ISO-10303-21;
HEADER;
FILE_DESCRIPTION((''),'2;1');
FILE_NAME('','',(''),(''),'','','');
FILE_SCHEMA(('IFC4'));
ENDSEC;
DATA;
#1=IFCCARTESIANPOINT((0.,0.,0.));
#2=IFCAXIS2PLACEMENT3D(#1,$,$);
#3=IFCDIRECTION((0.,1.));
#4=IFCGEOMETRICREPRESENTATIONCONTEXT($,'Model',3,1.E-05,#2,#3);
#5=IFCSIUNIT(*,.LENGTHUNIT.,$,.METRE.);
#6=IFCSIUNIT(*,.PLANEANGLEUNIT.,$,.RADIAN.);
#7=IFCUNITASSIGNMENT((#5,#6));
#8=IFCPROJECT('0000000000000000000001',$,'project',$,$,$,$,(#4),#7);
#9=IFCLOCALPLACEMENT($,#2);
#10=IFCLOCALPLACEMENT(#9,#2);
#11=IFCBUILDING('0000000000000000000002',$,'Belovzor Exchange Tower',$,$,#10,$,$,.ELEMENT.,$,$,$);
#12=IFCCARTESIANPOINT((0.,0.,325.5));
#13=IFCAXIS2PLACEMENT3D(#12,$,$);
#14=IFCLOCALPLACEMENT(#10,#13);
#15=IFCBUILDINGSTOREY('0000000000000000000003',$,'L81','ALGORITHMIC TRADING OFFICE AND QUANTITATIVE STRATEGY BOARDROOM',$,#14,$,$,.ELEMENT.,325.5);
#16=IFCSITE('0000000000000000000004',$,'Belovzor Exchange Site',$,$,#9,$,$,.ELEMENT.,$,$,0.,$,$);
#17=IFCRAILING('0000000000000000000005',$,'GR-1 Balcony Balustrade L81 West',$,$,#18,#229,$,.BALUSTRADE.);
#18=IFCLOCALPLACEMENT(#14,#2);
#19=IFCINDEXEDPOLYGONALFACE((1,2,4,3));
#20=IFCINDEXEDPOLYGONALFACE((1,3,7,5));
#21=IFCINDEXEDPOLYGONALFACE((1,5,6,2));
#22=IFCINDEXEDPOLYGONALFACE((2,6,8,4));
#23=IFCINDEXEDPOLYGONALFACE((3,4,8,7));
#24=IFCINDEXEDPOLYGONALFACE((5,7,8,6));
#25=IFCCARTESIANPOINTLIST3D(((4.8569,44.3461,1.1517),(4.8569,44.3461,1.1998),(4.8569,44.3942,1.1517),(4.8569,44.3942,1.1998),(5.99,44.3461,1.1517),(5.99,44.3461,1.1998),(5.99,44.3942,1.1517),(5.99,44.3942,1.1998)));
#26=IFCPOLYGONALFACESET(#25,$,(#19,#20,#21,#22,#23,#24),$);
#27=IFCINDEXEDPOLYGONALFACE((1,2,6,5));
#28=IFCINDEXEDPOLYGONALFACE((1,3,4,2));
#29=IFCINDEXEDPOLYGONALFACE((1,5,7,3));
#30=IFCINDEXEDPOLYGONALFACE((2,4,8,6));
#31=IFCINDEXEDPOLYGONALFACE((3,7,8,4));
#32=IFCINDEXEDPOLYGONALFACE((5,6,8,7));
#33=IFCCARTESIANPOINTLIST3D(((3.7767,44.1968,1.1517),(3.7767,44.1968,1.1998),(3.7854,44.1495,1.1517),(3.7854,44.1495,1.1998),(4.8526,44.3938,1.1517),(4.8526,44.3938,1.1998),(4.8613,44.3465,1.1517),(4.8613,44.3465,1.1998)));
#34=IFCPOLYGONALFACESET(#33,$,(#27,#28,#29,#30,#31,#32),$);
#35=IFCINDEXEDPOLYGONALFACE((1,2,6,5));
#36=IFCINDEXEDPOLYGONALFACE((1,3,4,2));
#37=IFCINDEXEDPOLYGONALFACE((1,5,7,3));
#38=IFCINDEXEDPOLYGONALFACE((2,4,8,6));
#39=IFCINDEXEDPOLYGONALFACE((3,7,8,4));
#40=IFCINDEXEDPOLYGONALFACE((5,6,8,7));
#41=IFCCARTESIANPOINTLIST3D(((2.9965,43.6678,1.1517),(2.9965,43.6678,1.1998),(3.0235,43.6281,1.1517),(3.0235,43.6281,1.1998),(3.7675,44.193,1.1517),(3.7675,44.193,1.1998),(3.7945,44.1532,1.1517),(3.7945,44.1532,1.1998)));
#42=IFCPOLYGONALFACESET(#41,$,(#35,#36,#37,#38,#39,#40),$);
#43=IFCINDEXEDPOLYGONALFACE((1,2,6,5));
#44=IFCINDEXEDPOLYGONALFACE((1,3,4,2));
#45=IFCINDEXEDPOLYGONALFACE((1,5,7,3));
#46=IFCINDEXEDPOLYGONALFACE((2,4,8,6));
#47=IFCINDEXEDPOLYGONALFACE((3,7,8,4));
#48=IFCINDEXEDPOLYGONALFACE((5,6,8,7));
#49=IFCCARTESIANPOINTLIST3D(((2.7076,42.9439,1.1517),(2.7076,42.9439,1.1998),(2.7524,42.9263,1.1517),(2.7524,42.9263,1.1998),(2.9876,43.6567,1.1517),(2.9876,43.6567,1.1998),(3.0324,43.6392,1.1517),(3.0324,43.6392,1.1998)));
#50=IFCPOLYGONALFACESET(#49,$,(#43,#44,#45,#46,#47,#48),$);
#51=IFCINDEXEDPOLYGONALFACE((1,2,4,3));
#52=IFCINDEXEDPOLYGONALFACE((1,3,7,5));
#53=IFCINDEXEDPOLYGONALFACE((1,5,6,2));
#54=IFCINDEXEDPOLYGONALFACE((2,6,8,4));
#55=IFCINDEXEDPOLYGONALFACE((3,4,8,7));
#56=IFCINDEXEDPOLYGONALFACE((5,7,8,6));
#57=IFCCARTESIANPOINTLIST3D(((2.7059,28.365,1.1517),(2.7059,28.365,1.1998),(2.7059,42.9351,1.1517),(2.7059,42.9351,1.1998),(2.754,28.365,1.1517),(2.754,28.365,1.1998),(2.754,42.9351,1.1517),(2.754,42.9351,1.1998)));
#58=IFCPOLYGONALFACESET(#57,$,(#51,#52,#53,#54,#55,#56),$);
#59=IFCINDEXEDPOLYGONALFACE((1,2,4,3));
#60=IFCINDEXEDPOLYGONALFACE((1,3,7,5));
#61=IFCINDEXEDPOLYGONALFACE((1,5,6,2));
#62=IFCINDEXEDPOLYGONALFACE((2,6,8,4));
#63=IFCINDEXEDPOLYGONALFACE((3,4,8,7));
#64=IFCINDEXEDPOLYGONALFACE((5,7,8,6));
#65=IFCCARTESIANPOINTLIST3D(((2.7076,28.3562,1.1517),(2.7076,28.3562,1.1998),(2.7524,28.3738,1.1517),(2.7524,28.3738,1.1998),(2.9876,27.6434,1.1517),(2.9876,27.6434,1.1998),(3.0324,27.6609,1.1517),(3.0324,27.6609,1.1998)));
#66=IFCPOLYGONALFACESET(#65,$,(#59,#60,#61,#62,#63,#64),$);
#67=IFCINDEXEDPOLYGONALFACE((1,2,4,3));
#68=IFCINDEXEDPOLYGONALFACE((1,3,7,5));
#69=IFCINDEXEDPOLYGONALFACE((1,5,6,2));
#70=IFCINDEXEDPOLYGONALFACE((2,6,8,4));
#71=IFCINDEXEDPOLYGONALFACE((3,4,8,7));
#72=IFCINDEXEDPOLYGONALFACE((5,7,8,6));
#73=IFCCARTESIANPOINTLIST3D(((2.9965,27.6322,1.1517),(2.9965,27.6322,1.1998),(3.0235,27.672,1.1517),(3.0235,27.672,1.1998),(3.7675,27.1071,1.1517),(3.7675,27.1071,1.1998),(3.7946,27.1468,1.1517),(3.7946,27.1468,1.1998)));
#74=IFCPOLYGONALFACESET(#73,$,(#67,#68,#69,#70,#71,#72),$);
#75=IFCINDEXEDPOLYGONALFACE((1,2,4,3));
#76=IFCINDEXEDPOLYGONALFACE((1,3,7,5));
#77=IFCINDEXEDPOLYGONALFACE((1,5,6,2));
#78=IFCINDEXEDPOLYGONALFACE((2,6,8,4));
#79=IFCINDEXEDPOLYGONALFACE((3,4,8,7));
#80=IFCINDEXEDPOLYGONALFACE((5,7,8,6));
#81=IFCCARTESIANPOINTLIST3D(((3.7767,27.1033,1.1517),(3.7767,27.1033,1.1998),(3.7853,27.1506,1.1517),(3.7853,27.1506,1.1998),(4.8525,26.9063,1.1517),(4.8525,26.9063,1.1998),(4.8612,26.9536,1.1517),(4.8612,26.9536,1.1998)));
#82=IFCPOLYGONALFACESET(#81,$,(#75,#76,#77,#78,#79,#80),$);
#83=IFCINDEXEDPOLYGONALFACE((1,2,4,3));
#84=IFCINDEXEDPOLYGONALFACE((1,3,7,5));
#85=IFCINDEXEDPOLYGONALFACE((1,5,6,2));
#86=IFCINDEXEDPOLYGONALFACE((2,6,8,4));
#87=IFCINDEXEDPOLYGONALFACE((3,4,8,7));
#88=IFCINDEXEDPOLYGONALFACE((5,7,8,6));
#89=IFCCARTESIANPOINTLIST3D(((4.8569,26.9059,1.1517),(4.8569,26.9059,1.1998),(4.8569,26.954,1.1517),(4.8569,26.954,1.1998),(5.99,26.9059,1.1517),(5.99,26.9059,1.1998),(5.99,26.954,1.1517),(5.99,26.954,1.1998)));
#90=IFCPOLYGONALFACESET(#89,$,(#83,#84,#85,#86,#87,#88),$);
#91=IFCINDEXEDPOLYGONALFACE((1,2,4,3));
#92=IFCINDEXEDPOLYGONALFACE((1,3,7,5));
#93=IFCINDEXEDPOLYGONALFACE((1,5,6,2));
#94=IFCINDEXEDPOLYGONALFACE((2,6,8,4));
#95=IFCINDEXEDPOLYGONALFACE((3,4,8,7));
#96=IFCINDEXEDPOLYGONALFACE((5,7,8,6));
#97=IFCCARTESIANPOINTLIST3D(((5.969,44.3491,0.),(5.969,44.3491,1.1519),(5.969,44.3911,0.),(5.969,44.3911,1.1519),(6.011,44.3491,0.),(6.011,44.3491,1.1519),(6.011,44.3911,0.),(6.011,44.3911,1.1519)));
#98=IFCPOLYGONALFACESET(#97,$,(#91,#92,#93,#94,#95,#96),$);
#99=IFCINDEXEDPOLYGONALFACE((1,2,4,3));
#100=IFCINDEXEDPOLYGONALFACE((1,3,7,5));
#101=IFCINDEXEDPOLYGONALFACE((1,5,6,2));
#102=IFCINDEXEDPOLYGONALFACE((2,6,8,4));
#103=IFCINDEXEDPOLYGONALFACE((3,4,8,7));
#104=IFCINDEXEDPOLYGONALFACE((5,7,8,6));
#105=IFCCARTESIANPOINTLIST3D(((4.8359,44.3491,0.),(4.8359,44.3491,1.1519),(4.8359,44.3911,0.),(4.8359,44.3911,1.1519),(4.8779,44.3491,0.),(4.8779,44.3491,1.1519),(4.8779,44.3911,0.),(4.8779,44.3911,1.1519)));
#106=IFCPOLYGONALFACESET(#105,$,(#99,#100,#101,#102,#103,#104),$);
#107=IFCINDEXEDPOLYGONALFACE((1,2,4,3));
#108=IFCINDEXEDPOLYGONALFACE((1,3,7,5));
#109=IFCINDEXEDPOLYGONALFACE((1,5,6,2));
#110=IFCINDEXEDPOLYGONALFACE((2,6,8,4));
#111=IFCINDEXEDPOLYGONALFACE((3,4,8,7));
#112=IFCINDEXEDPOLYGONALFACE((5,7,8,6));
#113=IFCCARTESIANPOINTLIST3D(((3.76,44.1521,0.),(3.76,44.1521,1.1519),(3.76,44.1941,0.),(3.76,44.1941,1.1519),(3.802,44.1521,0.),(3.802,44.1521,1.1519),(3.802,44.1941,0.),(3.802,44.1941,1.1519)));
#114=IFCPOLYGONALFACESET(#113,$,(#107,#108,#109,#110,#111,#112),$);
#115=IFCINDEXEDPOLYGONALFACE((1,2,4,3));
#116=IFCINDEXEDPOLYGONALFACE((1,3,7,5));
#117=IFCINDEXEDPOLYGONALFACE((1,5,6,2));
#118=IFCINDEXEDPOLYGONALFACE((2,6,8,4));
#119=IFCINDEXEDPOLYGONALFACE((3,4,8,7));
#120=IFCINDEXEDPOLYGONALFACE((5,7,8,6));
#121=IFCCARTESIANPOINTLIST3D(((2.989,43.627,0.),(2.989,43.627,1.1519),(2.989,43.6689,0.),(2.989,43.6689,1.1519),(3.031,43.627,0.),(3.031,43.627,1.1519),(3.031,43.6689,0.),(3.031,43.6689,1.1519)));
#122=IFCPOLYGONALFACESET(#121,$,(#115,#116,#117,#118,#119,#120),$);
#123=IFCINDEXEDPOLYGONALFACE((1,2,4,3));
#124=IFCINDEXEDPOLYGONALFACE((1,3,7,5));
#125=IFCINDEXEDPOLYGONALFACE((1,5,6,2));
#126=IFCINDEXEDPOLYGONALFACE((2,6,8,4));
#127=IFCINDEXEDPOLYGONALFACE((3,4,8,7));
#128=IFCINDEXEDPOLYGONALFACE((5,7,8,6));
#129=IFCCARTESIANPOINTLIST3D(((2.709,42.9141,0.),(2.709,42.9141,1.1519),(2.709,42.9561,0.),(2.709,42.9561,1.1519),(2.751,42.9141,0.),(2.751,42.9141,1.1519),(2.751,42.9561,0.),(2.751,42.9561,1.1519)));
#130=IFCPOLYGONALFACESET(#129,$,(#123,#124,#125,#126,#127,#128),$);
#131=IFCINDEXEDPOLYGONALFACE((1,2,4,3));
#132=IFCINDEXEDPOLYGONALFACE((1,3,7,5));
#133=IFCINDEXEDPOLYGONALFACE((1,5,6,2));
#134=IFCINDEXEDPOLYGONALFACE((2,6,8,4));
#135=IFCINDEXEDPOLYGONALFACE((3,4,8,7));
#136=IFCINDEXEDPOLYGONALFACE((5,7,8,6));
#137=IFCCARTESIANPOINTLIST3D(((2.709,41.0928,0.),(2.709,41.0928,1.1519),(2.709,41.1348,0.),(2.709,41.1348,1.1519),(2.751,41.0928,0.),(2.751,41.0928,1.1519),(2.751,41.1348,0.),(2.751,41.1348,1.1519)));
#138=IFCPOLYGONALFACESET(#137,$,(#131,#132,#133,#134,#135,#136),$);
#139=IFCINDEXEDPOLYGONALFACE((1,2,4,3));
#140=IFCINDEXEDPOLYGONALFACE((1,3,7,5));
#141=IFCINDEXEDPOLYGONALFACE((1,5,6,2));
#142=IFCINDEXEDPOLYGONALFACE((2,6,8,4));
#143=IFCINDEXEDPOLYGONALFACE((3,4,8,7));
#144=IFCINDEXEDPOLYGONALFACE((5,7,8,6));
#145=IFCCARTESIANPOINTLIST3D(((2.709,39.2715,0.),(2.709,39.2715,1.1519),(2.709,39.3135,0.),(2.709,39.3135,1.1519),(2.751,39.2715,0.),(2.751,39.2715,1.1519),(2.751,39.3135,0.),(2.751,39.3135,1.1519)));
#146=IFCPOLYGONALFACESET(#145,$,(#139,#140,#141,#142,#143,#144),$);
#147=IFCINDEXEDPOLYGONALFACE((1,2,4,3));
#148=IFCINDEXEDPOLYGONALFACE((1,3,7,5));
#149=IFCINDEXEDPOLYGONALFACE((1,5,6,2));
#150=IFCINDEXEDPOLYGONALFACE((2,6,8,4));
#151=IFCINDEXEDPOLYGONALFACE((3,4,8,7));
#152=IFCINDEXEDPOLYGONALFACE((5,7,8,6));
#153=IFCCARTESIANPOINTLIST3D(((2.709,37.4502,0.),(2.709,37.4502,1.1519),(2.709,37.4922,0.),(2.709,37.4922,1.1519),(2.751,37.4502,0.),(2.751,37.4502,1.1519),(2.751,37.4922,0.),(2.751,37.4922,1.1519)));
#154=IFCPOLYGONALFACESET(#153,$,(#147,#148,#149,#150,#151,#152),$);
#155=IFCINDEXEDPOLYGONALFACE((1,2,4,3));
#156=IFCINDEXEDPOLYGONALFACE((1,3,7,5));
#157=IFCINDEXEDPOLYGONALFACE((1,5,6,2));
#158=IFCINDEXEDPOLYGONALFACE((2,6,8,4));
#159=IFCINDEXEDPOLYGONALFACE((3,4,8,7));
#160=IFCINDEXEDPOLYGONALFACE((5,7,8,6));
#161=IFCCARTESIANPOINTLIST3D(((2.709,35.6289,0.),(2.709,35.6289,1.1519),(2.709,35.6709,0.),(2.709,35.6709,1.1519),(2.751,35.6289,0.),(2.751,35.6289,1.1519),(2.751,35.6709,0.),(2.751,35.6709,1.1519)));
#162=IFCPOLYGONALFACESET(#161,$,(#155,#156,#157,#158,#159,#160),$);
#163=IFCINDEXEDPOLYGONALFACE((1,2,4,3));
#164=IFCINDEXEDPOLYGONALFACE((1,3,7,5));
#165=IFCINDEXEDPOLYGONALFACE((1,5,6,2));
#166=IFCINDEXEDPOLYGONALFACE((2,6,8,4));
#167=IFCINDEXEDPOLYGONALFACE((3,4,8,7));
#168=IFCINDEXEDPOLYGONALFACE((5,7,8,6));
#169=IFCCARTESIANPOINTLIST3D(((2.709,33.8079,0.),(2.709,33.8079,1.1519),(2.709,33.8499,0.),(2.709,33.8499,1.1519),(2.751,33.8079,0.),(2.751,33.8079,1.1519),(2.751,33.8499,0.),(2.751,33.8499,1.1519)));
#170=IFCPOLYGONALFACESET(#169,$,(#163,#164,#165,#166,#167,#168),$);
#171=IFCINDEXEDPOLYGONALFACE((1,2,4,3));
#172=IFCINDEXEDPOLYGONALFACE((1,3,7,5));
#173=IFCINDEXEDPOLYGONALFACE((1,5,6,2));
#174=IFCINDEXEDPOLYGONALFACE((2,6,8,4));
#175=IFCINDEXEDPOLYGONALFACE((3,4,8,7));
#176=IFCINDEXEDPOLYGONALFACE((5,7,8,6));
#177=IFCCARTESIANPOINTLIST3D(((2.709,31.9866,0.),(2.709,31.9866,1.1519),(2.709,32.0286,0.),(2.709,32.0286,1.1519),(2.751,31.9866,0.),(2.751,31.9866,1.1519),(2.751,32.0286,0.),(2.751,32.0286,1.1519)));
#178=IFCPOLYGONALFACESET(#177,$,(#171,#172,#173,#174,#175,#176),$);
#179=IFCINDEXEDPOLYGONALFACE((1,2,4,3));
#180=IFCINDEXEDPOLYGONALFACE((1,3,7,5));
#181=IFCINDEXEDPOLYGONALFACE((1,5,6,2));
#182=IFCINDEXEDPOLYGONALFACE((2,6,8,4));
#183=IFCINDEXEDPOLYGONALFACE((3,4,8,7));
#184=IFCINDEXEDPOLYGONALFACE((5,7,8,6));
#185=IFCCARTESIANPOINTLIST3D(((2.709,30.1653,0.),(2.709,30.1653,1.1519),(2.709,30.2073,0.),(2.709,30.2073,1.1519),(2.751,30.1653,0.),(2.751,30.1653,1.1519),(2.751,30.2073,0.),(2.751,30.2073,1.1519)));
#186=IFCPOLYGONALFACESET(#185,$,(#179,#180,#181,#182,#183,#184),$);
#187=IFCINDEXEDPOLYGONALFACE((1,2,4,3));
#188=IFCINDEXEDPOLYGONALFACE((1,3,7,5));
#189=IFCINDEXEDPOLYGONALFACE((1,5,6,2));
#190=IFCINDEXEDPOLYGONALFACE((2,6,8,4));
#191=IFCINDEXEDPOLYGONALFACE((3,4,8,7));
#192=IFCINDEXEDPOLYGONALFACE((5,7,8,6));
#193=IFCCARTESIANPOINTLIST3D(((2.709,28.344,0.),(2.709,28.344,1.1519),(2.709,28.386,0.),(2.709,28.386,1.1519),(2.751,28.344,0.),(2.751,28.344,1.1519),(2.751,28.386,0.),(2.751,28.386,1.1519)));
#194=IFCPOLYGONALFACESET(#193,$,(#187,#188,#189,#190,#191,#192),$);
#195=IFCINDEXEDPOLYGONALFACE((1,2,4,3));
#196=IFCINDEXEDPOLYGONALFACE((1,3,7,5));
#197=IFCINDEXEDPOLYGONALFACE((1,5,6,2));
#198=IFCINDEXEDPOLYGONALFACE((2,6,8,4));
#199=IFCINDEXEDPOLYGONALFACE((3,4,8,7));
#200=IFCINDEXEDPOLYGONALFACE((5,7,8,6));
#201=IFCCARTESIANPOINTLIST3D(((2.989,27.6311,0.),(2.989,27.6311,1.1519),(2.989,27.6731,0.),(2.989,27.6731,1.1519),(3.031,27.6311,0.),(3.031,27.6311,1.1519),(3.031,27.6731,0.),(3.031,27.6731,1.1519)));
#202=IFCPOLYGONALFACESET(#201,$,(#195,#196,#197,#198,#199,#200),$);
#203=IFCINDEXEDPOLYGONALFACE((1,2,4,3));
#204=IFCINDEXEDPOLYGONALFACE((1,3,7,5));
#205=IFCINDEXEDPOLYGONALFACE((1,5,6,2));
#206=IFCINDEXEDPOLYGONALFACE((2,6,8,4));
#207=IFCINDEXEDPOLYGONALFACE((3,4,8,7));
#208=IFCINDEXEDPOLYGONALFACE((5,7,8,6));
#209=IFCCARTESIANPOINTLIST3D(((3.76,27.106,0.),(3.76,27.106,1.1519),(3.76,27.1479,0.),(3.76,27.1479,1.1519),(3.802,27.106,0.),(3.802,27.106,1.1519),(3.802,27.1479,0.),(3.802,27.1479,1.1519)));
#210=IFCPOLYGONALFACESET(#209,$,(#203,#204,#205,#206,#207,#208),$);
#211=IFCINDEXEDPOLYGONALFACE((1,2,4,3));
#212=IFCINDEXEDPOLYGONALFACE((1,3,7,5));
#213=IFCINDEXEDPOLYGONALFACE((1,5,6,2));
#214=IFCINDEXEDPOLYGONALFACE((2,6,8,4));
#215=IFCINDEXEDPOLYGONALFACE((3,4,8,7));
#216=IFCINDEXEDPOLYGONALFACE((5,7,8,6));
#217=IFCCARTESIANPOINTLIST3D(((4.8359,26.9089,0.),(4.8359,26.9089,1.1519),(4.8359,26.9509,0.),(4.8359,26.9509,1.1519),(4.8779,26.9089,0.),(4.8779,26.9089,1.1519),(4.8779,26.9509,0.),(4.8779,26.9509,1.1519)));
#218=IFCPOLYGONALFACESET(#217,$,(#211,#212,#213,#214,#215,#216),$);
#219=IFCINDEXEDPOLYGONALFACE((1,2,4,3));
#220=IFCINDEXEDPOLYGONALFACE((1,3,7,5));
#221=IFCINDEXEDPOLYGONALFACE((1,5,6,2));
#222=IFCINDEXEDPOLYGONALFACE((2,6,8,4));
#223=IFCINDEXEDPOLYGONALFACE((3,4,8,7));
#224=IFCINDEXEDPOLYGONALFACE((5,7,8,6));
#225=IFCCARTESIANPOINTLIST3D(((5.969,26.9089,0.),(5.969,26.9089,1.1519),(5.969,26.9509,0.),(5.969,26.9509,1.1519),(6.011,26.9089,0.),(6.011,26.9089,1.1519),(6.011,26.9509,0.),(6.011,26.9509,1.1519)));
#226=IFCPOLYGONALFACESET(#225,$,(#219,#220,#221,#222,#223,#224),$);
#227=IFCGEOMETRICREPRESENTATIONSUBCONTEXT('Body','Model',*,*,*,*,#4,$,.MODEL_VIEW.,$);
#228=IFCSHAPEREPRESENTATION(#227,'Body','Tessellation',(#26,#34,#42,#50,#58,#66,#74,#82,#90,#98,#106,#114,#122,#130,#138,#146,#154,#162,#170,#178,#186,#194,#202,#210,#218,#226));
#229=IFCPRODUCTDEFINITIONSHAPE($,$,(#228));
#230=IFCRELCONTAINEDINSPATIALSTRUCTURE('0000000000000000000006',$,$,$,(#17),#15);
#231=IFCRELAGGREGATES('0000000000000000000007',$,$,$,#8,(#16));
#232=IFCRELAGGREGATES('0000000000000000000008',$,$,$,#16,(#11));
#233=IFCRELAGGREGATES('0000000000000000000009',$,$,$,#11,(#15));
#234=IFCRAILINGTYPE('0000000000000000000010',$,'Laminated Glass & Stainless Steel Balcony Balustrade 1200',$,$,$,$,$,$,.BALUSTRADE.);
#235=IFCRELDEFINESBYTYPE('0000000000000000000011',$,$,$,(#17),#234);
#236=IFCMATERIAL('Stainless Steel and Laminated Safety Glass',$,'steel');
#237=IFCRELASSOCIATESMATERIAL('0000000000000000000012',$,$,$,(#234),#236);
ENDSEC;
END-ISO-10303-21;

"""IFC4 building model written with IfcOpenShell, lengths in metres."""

from ifc_helpers import new_model, si_unit, direction, frame, origin, origin_2d, place, context, subcontext, project, spatial, rectangle, extrude, material, type_object, element, save


model = new_model("IFC4")

# Units and contexts
model_context = context("Model", 3, precision=1e-05, world=origin(), true_north=direction((0.0, 1.0)))
body_context = subcontext(model_context, "Body", "Model", "MODEL_VIEW")
ifc_project = project(units=[si_unit("LENGTHUNIT", "METRE"), si_unit("PLANEANGLEUNIT", "RADIAN")], contexts=[model_context])

# Site, building, storey
site_placement = place(None, origin())
site = spatial("IfcSite", under=ifc_project, at=site_placement, Name="Belovzor Exchange Site", CompositionType="ELEMENT", RefElevation=0.0)
building_placement = place(site_placement, origin())
building = spatial("IfcBuilding", under=site, at=building_placement, Name="Belovzor Exchange Tower", CompositionType="ELEMENT")
storey_placement = place(building_placement, frame((0.0, 0.0, 325.5)))
storey = spatial("IfcBuildingStorey", under=building, at=storey_placement, Name="L81", Description="ALGORITHMIC TRADING OFFICE AND QUANTITATIVE STRATEGY BOARDROOM", CompositionType="ELEMENT", Elevation=325.5)

# Railing
ifc_material_1 = material(Name="Stainless Steel and Laminated Safety Glass", Category="steel")
railing_type = type_object("IfcRailingType", Name="Laminated Glass & Stainless Steel Balcony Balustrade 1200", PredefinedType="BALUSTRADE", material=ifc_material_1)
railing_placement = place(storey_placement, frame((5.99, 44.3701, 0.0)))
element("IfcRailing", 1, at=railing_placement, inside=storey, type_object=railing_type, Name="GR-1 Balcony Balustrade L81 West", PredefinedType="BALUSTRADE", context=body_context, shape_type="SweptSolid", body=[
    extrude(rectangle(XDim=0.0481, YDim=0.0481, at=origin_2d()), frame((0.0, 0.0, 1.1758), z_axis=(-1.0, 0.0, 0.0), x_axis=(0.0, -1.0, 0.0)), (0.0, 0.0, 1.0), 1.1331),
    extrude(rectangle(XDim=0.0481, YDim=0.0481, at=origin_2d()), frame((-1.1331, 0.0, 1.1758), z_axis=(-0.983644, -0.180123, 0.0), x_axis=(0.180123, -0.983644, 0.0)), (0.0, 0.0, 1.0), 1.0938),
    extrude(rectangle(XDim=0.0481, YDim=0.0481, at=origin_2d()), frame((-2.209, -0.197, 1.1758), z_axis=(-0.826493, -0.562947, 0.0), x_axis=(0.562947, -0.826493, 0.0)), (0.0, 0.0, 1.0), 0.9329),
    extrude(rectangle(XDim=0.0481, YDim=0.0481, at=origin_2d()), frame((-2.98, -0.7222, 1.1758), z_axis=(-0.365613, -0.930767, 0.0), x_axis=(0.930767, -0.365613, 0.0)), (0.0, 0.0, 1.0), 0.7659),
    extrude(rectangle(XDim=0.0481, YDim=0.0481, at=origin_2d()), frame((-3.26, -1.4351, 1.1758), z_axis=(0.0, -1.0, 0.0), x_axis=(1.0, 0.0, 0.0)), (0.0, 0.0, 1.0), 14.5701),
    extrude(rectangle(XDim=0.0481, YDim=0.0481, at=origin_2d()), frame((-3.26, -16.0051, 1.1758), z_axis=(0.365613, -0.930767, 0.0), x_axis=(0.930767, 0.365613, 0.0)), (0.0, 0.0, 1.0), 0.7659),
    extrude(rectangle(XDim=0.0481, YDim=0.0481, at=origin_2d()), frame((-2.98, -16.718, 1.1758), z_axis=(0.826493, -0.562947, 0.0), x_axis=(0.562947, 0.826493, 0.0)), (0.0, 0.0, 1.0), 0.9329),
    extrude(rectangle(XDim=0.0481, YDim=0.0481, at=origin_2d()), frame((-2.209, -17.2432, 1.1758), z_axis=(0.983644, -0.180123, 0.0), x_axis=(0.180123, 0.983644, 0.0)), (0.0, 0.0, 1.0), 1.0938),
    extrude(rectangle(XDim=0.0481, YDim=0.0481, at=origin_2d()), frame((-1.1331, -17.4402, 1.1758), z_axis=(1.0, 0.0, 0.0), x_axis=(0.0, 1.0, 0.0)), (0.0, 0.0, 1.0), 1.1331),
    extrude(rectangle(XDim=0.042, YDim=0.042, at=origin_2d()), origin(), (0.0, 0.0, 1.0), 1.1519),
    extrude(rectangle(XDim=0.042, YDim=0.042, at=origin_2d()), frame((-1.1331, 0.0, 0.0)), (0.0, 0.0, 1.0), 1.1519),
    extrude(rectangle(XDim=0.042, YDim=0.042, at=origin_2d()), frame((-2.209, -0.197, 0.0)), (0.0, 0.0, 1.0), 1.1519),
    extrude(rectangle(XDim=0.042, YDim=0.042, at=origin_2d()), frame((-2.98, -0.7222, 0.0)), (0.0, 0.0, 1.0), 1.1519),
    extrude(rectangle(XDim=0.042, YDim=0.042, at=origin_2d()), frame((-3.26, -1.4351, 0.0)), (0.0, 0.0, 1.0), 1.1519),
    extrude(rectangle(XDim=0.042, YDim=0.042, at=origin_2d()), frame((-3.26, -3.2563, 0.0)), (0.0, 0.0, 1.0), 1.1519),
    extrude(rectangle(XDim=0.042, YDim=0.042, at=origin_2d()), frame((-3.26, -5.0776, 0.0)), (0.0, 0.0, 1.0), 1.1519),
    extrude(rectangle(XDim=0.042, YDim=0.042, at=origin_2d()), frame((-3.26, -6.8989, 0.0)), (0.0, 0.0, 1.0), 1.1519),
    extrude(rectangle(XDim=0.042, YDim=0.042, at=origin_2d()), frame((-3.26, -8.7202, 0.0)), (0.0, 0.0, 1.0), 1.1519),
    extrude(rectangle(XDim=0.042, YDim=0.042, at=origin_2d()), frame((-3.26, -10.5413, 0.0)), (0.0, 0.0, 1.0), 1.1519),
    extrude(rectangle(XDim=0.042, YDim=0.042, at=origin_2d()), frame((-3.26, -12.3625, 0.0)), (0.0, 0.0, 1.0), 1.1519),
    extrude(rectangle(XDim=0.042, YDim=0.042, at=origin_2d()), frame((-3.26, -14.1838, 0.0)), (0.0, 0.0, 1.0), 1.1519),
    extrude(rectangle(XDim=0.042, YDim=0.042, at=origin_2d()), frame((-3.26, -16.0051, 0.0)), (0.0, 0.0, 1.0), 1.1519),
    extrude(rectangle(XDim=0.042, YDim=0.042, at=origin_2d()), frame((-2.98, -16.718, 0.0)), (0.0, 0.0, 1.0), 1.1519),
    extrude(rectangle(XDim=0.042, YDim=0.042, at=origin_2d()), frame((-2.209, -17.2432, 0.0)), (0.0, 0.0, 1.0), 1.1519),
    extrude(rectangle(XDim=0.042, YDim=0.042, at=origin_2d()), frame((-1.1331, -17.4402, 0.0)), (0.0, 0.0, 1.0), 1.1519),
    extrude(rectangle(XDim=0.042, YDim=0.042, at=origin_2d()), frame((0.0, -17.4402, 0.0)), (0.0, 0.0, 1.0), 1.1519),
])

save(model, "model.ifc")
